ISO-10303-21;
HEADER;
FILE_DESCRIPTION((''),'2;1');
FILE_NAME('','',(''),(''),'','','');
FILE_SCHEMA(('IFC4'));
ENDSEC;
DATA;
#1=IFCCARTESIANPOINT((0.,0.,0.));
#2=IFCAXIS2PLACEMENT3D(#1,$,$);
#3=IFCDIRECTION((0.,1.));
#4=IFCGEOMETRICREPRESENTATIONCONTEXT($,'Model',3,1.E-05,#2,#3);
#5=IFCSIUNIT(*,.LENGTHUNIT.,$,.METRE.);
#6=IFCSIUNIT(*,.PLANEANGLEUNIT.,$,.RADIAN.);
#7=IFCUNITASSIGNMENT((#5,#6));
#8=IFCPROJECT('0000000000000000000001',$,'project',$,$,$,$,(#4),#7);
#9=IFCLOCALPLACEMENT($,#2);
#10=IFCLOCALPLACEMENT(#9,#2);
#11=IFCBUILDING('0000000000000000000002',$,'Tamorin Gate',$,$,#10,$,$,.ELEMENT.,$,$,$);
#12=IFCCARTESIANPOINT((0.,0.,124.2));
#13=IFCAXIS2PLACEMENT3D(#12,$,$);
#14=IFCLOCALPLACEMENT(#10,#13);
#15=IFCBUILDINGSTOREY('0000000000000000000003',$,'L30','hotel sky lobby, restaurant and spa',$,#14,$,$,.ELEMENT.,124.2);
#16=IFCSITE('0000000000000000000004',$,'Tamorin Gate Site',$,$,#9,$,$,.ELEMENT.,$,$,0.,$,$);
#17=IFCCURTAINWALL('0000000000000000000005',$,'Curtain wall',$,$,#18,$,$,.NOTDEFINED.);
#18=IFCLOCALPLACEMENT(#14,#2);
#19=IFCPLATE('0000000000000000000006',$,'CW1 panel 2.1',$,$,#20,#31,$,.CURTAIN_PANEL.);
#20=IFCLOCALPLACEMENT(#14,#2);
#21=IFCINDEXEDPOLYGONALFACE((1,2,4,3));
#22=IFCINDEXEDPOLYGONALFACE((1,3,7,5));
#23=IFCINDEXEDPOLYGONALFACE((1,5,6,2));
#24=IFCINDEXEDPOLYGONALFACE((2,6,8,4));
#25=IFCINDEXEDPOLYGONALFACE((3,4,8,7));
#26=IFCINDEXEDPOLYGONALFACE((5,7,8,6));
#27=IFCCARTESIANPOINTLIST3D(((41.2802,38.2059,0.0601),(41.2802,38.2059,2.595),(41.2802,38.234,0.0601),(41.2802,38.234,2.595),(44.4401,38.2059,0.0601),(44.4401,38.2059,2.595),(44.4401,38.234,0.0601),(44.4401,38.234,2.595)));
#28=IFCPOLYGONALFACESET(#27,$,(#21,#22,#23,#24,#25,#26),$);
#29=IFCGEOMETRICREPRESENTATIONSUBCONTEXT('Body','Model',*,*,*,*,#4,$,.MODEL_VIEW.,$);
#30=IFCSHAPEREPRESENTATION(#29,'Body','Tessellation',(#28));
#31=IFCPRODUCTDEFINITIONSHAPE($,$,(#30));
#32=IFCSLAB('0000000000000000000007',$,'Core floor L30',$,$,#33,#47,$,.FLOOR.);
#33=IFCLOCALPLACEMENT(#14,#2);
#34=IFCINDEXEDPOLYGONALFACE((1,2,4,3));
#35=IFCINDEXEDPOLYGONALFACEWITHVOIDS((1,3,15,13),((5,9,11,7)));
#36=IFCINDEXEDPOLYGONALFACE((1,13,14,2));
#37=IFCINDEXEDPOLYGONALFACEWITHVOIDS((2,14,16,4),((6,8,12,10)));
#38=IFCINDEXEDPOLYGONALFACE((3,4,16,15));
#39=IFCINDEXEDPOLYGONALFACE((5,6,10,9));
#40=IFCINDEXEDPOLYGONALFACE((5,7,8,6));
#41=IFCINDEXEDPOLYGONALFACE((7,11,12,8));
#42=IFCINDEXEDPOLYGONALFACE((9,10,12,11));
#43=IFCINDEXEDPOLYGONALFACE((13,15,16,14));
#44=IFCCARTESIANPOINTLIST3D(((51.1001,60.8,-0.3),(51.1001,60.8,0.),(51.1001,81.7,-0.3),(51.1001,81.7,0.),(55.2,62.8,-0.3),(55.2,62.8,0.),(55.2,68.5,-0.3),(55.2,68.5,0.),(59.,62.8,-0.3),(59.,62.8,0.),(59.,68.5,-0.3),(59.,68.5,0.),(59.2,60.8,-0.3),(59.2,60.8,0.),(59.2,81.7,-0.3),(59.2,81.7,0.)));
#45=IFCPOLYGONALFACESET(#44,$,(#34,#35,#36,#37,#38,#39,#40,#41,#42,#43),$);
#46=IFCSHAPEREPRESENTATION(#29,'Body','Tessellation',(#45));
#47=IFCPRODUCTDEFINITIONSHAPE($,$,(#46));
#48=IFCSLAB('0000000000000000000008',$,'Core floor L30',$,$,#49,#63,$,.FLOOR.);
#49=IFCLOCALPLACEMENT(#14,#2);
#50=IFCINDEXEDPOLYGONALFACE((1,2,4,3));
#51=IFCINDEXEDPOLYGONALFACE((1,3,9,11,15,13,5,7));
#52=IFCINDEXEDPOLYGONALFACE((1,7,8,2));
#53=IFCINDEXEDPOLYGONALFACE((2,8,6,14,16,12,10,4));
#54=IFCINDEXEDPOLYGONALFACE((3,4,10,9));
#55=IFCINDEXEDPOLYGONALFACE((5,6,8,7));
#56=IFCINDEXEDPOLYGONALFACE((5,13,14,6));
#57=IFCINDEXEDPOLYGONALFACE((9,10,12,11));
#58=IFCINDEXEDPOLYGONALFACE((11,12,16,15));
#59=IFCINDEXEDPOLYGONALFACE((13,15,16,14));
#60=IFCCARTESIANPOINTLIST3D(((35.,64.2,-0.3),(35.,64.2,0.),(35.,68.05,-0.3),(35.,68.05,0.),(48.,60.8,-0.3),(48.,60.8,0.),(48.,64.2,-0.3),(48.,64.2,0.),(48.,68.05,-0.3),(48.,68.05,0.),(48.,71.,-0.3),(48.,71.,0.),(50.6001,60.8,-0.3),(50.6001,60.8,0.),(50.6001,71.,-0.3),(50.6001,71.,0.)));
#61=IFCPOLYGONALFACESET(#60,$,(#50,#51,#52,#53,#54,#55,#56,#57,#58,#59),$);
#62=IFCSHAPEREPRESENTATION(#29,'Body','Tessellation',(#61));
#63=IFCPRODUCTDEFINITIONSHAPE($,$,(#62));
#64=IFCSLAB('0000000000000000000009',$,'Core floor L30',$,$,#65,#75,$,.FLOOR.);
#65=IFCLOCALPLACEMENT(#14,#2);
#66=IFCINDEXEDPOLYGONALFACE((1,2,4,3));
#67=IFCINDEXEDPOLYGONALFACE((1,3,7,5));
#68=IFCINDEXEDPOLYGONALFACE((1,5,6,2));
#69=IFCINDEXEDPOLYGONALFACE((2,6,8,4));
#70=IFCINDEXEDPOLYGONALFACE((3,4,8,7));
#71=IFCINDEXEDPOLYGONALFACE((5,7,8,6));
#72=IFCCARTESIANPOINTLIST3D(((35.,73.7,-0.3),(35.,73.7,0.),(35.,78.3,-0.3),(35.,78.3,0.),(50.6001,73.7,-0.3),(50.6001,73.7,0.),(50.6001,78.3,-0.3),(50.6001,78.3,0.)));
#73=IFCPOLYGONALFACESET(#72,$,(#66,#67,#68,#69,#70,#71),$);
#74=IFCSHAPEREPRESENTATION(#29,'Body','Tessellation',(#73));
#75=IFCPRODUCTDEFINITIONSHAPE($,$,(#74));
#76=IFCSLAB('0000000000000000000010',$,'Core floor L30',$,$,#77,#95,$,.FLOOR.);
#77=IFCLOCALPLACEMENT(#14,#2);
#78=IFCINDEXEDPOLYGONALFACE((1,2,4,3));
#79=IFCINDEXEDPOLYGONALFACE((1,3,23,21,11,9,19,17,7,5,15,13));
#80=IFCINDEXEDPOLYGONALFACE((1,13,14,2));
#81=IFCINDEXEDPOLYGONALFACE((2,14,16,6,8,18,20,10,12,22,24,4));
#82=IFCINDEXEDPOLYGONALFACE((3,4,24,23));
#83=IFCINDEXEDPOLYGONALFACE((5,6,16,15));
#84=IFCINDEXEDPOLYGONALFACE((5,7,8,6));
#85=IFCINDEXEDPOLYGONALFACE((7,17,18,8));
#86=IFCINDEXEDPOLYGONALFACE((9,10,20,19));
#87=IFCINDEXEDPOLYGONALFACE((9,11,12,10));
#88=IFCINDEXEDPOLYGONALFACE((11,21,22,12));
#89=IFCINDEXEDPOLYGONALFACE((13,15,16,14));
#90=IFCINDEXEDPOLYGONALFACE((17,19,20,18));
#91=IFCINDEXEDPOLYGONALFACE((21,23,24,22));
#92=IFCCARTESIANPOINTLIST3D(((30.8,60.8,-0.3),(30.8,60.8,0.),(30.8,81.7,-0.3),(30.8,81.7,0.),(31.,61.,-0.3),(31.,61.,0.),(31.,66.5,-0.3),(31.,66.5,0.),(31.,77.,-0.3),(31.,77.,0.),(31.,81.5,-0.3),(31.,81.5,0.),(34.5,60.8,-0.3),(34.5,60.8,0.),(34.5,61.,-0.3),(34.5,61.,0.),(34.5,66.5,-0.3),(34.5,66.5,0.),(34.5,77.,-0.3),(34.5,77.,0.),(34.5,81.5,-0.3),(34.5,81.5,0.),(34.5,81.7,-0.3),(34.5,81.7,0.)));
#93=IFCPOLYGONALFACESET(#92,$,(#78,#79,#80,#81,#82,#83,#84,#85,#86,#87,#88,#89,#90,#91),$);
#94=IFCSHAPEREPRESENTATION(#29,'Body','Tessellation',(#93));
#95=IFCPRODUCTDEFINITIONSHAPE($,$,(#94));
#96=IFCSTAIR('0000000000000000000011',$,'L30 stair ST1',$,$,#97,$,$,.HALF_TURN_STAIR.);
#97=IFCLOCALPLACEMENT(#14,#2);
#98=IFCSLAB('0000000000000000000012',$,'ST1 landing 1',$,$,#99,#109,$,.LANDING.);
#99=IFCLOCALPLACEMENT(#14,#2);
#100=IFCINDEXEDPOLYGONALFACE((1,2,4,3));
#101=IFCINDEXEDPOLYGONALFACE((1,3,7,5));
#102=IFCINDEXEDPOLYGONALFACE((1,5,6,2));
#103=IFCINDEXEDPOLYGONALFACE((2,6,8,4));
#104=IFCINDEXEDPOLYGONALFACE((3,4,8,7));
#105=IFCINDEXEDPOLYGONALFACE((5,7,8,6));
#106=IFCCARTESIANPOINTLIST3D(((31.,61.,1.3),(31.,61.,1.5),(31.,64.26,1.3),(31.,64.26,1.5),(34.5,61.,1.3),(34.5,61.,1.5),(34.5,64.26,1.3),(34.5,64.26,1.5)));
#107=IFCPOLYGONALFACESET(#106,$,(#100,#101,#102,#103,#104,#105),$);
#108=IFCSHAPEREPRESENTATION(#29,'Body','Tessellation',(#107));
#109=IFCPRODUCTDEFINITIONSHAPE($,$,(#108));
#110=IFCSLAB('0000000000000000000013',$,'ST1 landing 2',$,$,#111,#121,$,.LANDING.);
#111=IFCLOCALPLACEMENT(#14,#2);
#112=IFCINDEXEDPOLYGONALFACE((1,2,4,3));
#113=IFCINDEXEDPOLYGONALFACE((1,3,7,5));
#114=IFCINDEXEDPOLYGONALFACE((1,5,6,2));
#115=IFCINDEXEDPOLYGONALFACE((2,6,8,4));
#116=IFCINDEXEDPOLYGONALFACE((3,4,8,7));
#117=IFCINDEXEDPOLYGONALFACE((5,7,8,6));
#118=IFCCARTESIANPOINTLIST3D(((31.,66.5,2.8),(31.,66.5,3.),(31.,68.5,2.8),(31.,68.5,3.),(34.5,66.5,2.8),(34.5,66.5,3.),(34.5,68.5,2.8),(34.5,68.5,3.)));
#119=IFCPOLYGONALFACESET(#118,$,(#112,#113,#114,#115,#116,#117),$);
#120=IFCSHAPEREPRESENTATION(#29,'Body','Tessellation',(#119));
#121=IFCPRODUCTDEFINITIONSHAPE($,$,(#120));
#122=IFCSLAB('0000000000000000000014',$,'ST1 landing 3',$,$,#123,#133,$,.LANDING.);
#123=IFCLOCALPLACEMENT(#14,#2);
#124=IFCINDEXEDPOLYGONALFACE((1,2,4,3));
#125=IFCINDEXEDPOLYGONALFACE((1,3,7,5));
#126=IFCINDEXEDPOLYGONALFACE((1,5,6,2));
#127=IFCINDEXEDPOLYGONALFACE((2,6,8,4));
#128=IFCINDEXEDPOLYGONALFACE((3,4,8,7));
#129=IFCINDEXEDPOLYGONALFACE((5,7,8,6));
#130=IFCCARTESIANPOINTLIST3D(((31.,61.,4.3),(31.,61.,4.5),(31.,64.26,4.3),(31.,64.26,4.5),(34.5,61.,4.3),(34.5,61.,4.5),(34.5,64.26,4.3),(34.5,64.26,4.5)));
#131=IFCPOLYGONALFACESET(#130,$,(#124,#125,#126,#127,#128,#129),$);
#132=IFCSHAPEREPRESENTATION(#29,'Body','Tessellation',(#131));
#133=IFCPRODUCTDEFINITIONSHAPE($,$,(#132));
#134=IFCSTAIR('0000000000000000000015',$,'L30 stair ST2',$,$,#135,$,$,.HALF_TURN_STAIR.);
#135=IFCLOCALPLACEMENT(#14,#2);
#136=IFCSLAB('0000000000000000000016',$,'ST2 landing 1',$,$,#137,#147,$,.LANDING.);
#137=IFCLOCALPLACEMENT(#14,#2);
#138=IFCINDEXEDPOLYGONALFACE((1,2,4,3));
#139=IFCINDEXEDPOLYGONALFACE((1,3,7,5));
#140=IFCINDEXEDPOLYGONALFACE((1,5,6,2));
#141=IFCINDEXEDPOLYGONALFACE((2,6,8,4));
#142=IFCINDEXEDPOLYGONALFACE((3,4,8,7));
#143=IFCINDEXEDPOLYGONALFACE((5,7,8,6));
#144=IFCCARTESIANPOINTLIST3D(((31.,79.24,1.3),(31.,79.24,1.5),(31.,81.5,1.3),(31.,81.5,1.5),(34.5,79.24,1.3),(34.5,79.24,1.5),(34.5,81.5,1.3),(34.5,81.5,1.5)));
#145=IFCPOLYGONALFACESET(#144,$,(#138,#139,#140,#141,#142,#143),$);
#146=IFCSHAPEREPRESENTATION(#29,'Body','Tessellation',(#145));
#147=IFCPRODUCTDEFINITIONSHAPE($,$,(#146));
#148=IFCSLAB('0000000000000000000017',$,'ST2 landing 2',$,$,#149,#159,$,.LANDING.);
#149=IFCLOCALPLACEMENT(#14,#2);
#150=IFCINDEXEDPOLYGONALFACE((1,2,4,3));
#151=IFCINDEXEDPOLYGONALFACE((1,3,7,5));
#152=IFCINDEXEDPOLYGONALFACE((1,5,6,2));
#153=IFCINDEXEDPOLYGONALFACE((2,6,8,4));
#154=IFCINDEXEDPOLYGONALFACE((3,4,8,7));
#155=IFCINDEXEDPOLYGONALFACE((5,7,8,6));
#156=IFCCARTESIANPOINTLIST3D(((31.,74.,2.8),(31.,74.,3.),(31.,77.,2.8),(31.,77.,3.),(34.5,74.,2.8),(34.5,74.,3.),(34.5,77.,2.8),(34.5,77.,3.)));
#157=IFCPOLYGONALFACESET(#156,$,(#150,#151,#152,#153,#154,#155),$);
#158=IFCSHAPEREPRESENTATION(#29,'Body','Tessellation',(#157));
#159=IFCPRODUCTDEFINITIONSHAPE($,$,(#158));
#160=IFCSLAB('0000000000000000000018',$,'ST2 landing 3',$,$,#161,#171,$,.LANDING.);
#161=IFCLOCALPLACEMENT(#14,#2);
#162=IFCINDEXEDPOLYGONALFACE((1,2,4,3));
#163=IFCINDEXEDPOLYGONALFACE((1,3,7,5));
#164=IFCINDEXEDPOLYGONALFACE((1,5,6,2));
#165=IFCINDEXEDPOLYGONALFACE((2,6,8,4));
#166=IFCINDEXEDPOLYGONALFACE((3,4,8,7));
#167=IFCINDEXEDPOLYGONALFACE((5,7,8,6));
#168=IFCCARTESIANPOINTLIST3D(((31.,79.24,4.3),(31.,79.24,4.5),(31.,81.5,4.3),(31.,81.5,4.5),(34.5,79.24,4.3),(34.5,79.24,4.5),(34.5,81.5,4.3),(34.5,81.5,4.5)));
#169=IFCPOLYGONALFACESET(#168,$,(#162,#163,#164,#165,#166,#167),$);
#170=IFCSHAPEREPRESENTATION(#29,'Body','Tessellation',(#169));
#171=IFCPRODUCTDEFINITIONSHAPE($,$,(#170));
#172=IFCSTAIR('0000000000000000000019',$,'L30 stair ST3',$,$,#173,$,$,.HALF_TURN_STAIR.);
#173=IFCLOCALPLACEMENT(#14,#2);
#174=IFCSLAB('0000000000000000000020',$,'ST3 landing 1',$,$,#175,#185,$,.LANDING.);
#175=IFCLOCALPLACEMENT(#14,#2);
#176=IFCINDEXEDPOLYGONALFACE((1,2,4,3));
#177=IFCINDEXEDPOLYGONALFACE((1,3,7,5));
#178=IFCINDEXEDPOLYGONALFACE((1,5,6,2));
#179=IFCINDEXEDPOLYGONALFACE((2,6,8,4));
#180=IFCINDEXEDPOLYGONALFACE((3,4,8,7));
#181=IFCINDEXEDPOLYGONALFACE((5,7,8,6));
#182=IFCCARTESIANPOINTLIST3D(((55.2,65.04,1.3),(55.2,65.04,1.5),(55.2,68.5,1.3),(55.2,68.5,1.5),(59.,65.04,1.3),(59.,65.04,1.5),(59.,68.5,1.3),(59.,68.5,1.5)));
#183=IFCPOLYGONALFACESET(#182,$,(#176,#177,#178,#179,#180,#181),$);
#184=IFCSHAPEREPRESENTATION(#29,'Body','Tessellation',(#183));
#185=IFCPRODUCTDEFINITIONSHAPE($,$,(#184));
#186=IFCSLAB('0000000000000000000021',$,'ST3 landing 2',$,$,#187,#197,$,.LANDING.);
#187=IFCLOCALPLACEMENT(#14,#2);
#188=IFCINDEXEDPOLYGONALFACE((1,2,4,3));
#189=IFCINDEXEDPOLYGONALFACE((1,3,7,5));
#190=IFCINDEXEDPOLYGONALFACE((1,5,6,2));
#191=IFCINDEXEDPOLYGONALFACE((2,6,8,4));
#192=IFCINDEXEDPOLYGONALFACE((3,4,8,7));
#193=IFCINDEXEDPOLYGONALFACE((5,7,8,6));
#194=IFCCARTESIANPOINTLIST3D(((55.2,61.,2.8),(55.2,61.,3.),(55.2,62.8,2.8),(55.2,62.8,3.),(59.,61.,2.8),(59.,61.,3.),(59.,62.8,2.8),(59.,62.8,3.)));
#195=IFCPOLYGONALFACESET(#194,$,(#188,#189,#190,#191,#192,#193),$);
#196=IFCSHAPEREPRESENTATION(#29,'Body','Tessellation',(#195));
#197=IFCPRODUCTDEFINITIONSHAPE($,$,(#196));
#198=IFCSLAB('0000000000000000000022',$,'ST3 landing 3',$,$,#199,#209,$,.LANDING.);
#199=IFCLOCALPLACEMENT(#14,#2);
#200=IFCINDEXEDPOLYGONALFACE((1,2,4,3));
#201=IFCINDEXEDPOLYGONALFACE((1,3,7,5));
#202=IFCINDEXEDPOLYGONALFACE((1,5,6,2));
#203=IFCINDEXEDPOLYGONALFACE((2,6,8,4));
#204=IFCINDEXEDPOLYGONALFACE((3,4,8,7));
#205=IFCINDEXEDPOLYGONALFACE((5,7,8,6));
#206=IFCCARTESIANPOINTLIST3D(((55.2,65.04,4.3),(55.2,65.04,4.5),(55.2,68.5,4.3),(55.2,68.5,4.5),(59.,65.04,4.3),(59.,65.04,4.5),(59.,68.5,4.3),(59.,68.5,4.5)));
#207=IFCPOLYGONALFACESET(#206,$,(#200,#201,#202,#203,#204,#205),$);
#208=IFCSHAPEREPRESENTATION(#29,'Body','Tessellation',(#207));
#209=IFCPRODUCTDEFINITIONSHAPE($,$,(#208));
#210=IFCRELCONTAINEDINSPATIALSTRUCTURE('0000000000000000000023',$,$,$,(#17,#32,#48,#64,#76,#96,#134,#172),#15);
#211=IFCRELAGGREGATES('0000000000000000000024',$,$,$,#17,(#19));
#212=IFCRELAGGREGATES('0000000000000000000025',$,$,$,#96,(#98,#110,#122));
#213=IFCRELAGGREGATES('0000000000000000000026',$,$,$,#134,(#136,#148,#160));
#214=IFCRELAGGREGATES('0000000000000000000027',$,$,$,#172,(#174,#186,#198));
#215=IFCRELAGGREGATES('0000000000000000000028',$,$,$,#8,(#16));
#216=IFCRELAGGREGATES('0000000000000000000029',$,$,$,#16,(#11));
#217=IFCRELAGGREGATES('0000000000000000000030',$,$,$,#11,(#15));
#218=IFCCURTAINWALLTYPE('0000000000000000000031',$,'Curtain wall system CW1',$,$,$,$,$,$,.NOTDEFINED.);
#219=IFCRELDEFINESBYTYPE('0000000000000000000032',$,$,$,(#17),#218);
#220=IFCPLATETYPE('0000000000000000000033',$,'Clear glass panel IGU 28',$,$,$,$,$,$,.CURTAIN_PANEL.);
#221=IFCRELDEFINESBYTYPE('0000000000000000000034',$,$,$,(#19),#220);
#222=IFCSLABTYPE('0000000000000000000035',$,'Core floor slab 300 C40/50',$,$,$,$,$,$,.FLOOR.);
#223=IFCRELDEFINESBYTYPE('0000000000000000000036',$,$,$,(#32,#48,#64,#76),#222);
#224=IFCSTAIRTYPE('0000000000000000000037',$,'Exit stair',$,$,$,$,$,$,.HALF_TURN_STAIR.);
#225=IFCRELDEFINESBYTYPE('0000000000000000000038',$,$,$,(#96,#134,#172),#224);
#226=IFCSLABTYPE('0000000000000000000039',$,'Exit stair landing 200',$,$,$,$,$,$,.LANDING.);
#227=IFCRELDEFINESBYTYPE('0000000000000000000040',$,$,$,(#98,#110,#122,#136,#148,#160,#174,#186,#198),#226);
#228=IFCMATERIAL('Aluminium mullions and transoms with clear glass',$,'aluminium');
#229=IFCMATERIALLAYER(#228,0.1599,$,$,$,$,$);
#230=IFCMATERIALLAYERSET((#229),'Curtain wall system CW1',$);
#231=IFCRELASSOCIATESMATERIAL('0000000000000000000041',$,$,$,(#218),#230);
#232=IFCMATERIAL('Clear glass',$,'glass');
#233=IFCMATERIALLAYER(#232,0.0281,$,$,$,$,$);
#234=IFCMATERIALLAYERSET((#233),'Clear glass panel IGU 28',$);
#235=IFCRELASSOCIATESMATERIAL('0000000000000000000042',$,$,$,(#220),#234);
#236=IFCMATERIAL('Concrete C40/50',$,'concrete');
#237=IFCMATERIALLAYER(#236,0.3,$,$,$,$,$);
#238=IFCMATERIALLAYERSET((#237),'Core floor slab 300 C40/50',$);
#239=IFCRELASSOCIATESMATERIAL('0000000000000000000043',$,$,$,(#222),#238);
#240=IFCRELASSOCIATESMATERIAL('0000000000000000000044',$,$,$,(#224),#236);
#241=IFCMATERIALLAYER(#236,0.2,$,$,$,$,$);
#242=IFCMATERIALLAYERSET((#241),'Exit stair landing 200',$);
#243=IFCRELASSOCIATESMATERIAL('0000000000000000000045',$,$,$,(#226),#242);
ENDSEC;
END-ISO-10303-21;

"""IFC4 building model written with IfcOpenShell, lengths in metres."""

from ifc_helpers import new_model, si_unit, direction, frame, origin, origin_2d, place, context, subcontext, project, spatial, polyline, rectangle, outline, extrude, material, layer, layer_set, type_object, element, aggregate, save


model = new_model("IFC4")

# Units and contexts
model_context = context("Model", 3, precision=1e-05, world=origin(), true_north=direction((0.0, 1.0)))
body_context = subcontext(model_context, "Body", "Model", "MODEL_VIEW")
ifc_project = project(units=[si_unit("LENGTHUNIT", "METRE"), si_unit("PLANEANGLEUNIT", "RADIAN")], contexts=[model_context])

# Site, building, storey
site_placement = place(None, origin())
site = spatial("IfcSite", under=ifc_project, at=site_placement, Name="Tamorin Gate Site", CompositionType="ELEMENT", RefElevation=0.0)
building_placement = place(site_placement, origin())
building = spatial("IfcBuilding", under=site, at=building_placement, Name="Tamorin Gate", CompositionType="ELEMENT")
storey_placement = place(building_placement, frame((0.0, 0.0, 124.2)))
storey = spatial("IfcBuildingStorey", under=building, at=storey_placement, Name="L30", Description="hotel sky lobby, restaurant and spa", CompositionType="ELEMENT", Elevation=124.2)

# Curtain wall
ifc_material_1 = material(Name="Aluminium mullions and transoms with clear glass", Category="aluminium")
ifc_layer_1 = layer(ifc_material_1, 0.1599)
ifc_layer_set_1 = layer_set([ifc_layer_1], Name="Curtain wall system CW1")
curtain_wall_type = type_object("IfcCurtainWallType", Name="Curtain wall system CW1", PredefinedType="NOTDEFINED", material=ifc_layer_set_1)
curtain_wall_placement = place(storey_placement, origin())
curtain_wall = element("IfcCurtainWall", 1, at=curtain_wall_placement, inside=storey, type_object=curtain_wall_type, Name="Curtain wall", PredefinedType="NOTDEFINED")

# Plate
ifc_material_2 = material(Name="Clear glass", Category="glass")
ifc_layer_2 = layer(ifc_material_2, 0.0281)
ifc_layer_set_2 = layer_set([ifc_layer_2], Name="Clear glass panel IGU 28")
plate_type_1 = type_object("IfcPlateType", Name="Clear glass panel IGU 28", PredefinedType="CURTAIN_PANEL", material=ifc_layer_set_2)
plate_1_placement = place(storey_placement, frame((42.8601, 38.22, 0.0601), z_axis=(0.0, 0.0, 1.0), x_axis=(1.0, 0.0, 0.0)))
plate_1 = element("IfcPlate", 2, at=plate_1_placement, type_object=plate_type_1, Name="CW1 panel 2.1", PredefinedType="CURTAIN_PANEL", context=body_context, shape_type="SweptSolid", body=[
    extrude(rectangle(XDim=3.1599, YDim=0.0281, at=origin_2d()), origin(), (0.0, 0.0, 1.0), 2.5349),
])
aggregate(curtain_wall, [plate_1])

# Slabs
ifc_material_3 = material(Name="Concrete C40/50", Category="concrete")
ifc_layer_3 = layer(ifc_material_3, 0.3)
ifc_layer_set_3 = layer_set([ifc_layer_3], Name="Core floor slab 300 C40/50")
slab_type_1 = type_object("IfcSlabType", Name="Core floor slab 300 C40/50", PredefinedType="FLOOR", material=ifc_layer_set_3)
slab_1_placement = place(storey_placement, frame((0.0, 0.0, -0.3)))
element("IfcSlab", 3, at=slab_1_placement, inside=storey, type_object=slab_type_1, Name="Core floor L30", PredefinedType="FLOOR", context=body_context, shape_type="SweptSolid", body=[
    extrude(outline(polyline([(59.2, 60.8), (51.1001, 60.8), (51.1001, 81.7), (59.2, 81.7), (59.2, 60.8)]), holes=[polyline([(59.0, 68.5), (55.2, 68.5), (55.2, 62.8), (59.0, 62.8), (59.0, 68.5)])]), origin(), (0.0, 0.0, 1.0), 0.3),
])
slab_2_placement = place(storey_placement, frame((0.0, 0.0, -0.3)))
element("IfcSlab", 4, at=slab_2_placement, inside=storey, type_object=slab_type_1, Name="Core floor L30", PredefinedType="FLOOR", context=body_context, shape_type="SweptSolid", body=[
    extrude(outline(polyline([(48.0, 60.8), (48.0, 64.2), (35.0, 64.2), (35.0, 68.05), (48.0, 68.05), (48.0, 71.0), (50.6001, 71.0), (50.6001, 60.8), (48.0, 60.8)])), origin(), (0.0, 0.0, 1.0), 0.3),
])
slab_3_placement = place(storey_placement, frame((0.0, 0.0, -0.3)))
element("IfcSlab", 5, at=slab_3_placement, inside=storey, type_object=slab_type_1, Name="Core floor L30", PredefinedType="FLOOR", context=body_context, shape_type="SweptSolid", body=[
    extrude(outline(polyline([(35.0, 73.7), (35.0, 78.3), (50.6001, 78.3), (50.6001, 73.7), (35.0, 73.7)])), origin(), (0.0, 0.0, 1.0), 0.3),
])
slab_4_placement = place(storey_placement, frame((0.0, 0.0, -0.3)))
element("IfcSlab", 6, at=slab_4_placement, inside=storey, type_object=slab_type_1, Name="Core floor L30", PredefinedType="FLOOR", context=body_context, shape_type="SweptSolid", body=[
    extrude(outline(polyline([(30.8, 81.7), (34.5, 81.7), (34.5, 81.5), (31.0, 81.5), (31.0, 77.0), (34.5, 77.0), (34.5, 66.5), (31.0, 66.5), (31.0, 61.0), (34.5, 61.0), (34.5, 60.8), (30.8, 60.8), (30.8, 81.7)])), origin(), (0.0, 0.0, 1.0), 0.3),
])

# Stairs, slabs
stair_type = type_object("IfcStairType", Name="Exit stair", PredefinedType="HALF_TURN_STAIR", material=ifc_material_3)
stair_1_placement = place(storey_placement, origin())
stair_1 = element("IfcStair", 7, at=stair_1_placement, inside=storey, type_object=stair_type, Name="L30 stair ST1", PredefinedType="HALF_TURN_STAIR")
ifc_layer_4 = layer(ifc_material_3, 0.2)
ifc_layer_set_4 = layer_set([ifc_layer_4], Name="Exit stair landing 200")
slab_type_2 = type_object("IfcSlabType", Name="Exit stair landing 200", PredefinedType="LANDING", material=ifc_layer_set_4)
slab_5_placement = place(storey_placement, frame((0.0, 0.0, 1.3)))
slab_5 = element("IfcSlab", 8, at=slab_5_placement, type_object=slab_type_2, Name="ST1 landing 1", PredefinedType="LANDING", context=body_context, shape_type="SweptSolid", body=[
    extrude(outline(polyline([(31.0, 64.26), (31.0, 61.0), (34.5, 61.0), (34.5, 64.26), (31.0, 64.26)])), origin(), (0.0, 0.0, 1.0), 0.2),
])
slab_6_placement = place(storey_placement, frame((0.0, 0.0, 2.8)))
slab_6 = element("IfcSlab", 9, at=slab_6_placement, type_object=slab_type_2, Name="ST1 landing 2", PredefinedType="LANDING", context=body_context, shape_type="SweptSolid", body=[
    extrude(outline(polyline([(31.0, 68.5), (31.0, 66.5), (34.5, 66.5), (34.5, 68.5), (31.0, 68.5)])), origin(), (0.0, 0.0, 1.0), 0.2),
])
slab_7_placement = place(storey_placement, frame((0.0, 0.0, 4.3)))
slab_7 = element("IfcSlab", 10, at=slab_7_placement, type_object=slab_type_2, Name="ST1 landing 3", PredefinedType="LANDING", context=body_context, shape_type="SweptSolid", body=[
    extrude(outline(polyline([(31.0, 64.26), (31.0, 61.0), (34.5, 61.0), (34.5, 64.26), (31.0, 64.26)])), origin(), (0.0, 0.0, 1.0), 0.2),
])
aggregate(stair_1, [slab_5, slab_6, slab_7])
stair_2_placement = place(storey_placement, origin())
stair_2 = element("IfcStair", 11, at=stair_2_placement, inside=storey, type_object=stair_type, Name="L30 stair ST2", PredefinedType="HALF_TURN_STAIR")
slab_8_placement = place(storey_placement, frame((0.0, 0.0, 1.3)))
slab_8 = element("IfcSlab", 12, at=slab_8_placement, type_object=slab_type_2, Name="ST2 landing 1", PredefinedType="LANDING", context=body_context, shape_type="SweptSolid", body=[
    extrude(outline(polyline([(34.5, 79.24), (34.5, 81.5), (31.0, 81.5), (31.0, 79.24), (34.5, 79.24)])), origin(), (0.0, 0.0, 1.0), 0.2),
])
slab_9_placement = place(storey_placement, frame((0.0, 0.0, 2.8)))
slab_9 = element("IfcSlab", 13, at=slab_9_placement, type_object=slab_type_2, Name="ST2 landing 2", PredefinedType="LANDING", context=body_context, shape_type="SweptSolid", body=[
    extrude(outline(polyline([(34.5, 74.0), (34.5, 77.0), (31.0, 77.0), (31.0, 74.0), (34.5, 74.0)])), origin(), (0.0, 0.0, 1.0), 0.2),
])
slab_10_placement = place(storey_placement, frame((0.0, 0.0, 4.3)))
slab_10 = element("IfcSlab", 14, at=slab_10_placement, type_object=slab_type_2, Name="ST2 landing 3", PredefinedType="LANDING", context=body_context, shape_type="SweptSolid", body=[
    extrude(outline(polyline([(34.5, 79.24), (34.5, 81.5), (31.0, 81.5), (31.0, 79.24), (34.5, 79.24)])), origin(), (0.0, 0.0, 1.0), 0.2),
])
aggregate(stair_2, [slab_8, slab_9, slab_10])
stair_3_placement = place(storey_placement, origin())
stair_3 = element("IfcStair", 15, at=stair_3_placement, inside=storey, type_object=stair_type, Name="L30 stair ST3", PredefinedType="HALF_TURN_STAIR")
slab_11_placement = place(storey_placement, frame((0.0, 0.0, 1.3)))
slab_11 = element("IfcSlab", 16, at=slab_11_placement, type_object=slab_type_2, Name="ST3 landing 1", PredefinedType="LANDING", context=body_context, shape_type="SweptSolid", body=[
    extrude(outline(polyline([(59.0, 65.04), (59.0, 68.5), (55.2, 68.5), (55.2, 65.04), (59.0, 65.04)])), origin(), (0.0, 0.0, 1.0), 0.2),
])
slab_12_placement = place(storey_placement, frame((0.0, 0.0, 2.8)))
slab_12 = element("IfcSlab", 17, at=slab_12_placement, type_object=slab_type_2, Name="ST3 landing 2", PredefinedType="LANDING", context=body_context, shape_type="SweptSolid", body=[
    extrude(outline(polyline([(59.0, 61.0), (59.0, 62.8), (55.2, 62.8), (55.2, 61.0), (59.0, 61.0)])), origin(), (0.0, 0.0, 1.0), 0.2),
])
slab_13_placement = place(storey_placement, frame((0.0, 0.0, 4.3)))
slab_13 = element("IfcSlab", 18, at=slab_13_placement, type_object=slab_type_2, Name="ST3 landing 3", PredefinedType="LANDING", context=body_context, shape_type="SweptSolid", body=[
    extrude(outline(polyline([(59.0, 65.04), (59.0, 68.5), (55.2, 68.5), (55.2, 65.04), (59.0, 65.04)])), origin(), (0.0, 0.0, 1.0), 0.2),
])
aggregate(stair_3, [slab_11, slab_12, slab_13])

save(model, "model.ifc")
